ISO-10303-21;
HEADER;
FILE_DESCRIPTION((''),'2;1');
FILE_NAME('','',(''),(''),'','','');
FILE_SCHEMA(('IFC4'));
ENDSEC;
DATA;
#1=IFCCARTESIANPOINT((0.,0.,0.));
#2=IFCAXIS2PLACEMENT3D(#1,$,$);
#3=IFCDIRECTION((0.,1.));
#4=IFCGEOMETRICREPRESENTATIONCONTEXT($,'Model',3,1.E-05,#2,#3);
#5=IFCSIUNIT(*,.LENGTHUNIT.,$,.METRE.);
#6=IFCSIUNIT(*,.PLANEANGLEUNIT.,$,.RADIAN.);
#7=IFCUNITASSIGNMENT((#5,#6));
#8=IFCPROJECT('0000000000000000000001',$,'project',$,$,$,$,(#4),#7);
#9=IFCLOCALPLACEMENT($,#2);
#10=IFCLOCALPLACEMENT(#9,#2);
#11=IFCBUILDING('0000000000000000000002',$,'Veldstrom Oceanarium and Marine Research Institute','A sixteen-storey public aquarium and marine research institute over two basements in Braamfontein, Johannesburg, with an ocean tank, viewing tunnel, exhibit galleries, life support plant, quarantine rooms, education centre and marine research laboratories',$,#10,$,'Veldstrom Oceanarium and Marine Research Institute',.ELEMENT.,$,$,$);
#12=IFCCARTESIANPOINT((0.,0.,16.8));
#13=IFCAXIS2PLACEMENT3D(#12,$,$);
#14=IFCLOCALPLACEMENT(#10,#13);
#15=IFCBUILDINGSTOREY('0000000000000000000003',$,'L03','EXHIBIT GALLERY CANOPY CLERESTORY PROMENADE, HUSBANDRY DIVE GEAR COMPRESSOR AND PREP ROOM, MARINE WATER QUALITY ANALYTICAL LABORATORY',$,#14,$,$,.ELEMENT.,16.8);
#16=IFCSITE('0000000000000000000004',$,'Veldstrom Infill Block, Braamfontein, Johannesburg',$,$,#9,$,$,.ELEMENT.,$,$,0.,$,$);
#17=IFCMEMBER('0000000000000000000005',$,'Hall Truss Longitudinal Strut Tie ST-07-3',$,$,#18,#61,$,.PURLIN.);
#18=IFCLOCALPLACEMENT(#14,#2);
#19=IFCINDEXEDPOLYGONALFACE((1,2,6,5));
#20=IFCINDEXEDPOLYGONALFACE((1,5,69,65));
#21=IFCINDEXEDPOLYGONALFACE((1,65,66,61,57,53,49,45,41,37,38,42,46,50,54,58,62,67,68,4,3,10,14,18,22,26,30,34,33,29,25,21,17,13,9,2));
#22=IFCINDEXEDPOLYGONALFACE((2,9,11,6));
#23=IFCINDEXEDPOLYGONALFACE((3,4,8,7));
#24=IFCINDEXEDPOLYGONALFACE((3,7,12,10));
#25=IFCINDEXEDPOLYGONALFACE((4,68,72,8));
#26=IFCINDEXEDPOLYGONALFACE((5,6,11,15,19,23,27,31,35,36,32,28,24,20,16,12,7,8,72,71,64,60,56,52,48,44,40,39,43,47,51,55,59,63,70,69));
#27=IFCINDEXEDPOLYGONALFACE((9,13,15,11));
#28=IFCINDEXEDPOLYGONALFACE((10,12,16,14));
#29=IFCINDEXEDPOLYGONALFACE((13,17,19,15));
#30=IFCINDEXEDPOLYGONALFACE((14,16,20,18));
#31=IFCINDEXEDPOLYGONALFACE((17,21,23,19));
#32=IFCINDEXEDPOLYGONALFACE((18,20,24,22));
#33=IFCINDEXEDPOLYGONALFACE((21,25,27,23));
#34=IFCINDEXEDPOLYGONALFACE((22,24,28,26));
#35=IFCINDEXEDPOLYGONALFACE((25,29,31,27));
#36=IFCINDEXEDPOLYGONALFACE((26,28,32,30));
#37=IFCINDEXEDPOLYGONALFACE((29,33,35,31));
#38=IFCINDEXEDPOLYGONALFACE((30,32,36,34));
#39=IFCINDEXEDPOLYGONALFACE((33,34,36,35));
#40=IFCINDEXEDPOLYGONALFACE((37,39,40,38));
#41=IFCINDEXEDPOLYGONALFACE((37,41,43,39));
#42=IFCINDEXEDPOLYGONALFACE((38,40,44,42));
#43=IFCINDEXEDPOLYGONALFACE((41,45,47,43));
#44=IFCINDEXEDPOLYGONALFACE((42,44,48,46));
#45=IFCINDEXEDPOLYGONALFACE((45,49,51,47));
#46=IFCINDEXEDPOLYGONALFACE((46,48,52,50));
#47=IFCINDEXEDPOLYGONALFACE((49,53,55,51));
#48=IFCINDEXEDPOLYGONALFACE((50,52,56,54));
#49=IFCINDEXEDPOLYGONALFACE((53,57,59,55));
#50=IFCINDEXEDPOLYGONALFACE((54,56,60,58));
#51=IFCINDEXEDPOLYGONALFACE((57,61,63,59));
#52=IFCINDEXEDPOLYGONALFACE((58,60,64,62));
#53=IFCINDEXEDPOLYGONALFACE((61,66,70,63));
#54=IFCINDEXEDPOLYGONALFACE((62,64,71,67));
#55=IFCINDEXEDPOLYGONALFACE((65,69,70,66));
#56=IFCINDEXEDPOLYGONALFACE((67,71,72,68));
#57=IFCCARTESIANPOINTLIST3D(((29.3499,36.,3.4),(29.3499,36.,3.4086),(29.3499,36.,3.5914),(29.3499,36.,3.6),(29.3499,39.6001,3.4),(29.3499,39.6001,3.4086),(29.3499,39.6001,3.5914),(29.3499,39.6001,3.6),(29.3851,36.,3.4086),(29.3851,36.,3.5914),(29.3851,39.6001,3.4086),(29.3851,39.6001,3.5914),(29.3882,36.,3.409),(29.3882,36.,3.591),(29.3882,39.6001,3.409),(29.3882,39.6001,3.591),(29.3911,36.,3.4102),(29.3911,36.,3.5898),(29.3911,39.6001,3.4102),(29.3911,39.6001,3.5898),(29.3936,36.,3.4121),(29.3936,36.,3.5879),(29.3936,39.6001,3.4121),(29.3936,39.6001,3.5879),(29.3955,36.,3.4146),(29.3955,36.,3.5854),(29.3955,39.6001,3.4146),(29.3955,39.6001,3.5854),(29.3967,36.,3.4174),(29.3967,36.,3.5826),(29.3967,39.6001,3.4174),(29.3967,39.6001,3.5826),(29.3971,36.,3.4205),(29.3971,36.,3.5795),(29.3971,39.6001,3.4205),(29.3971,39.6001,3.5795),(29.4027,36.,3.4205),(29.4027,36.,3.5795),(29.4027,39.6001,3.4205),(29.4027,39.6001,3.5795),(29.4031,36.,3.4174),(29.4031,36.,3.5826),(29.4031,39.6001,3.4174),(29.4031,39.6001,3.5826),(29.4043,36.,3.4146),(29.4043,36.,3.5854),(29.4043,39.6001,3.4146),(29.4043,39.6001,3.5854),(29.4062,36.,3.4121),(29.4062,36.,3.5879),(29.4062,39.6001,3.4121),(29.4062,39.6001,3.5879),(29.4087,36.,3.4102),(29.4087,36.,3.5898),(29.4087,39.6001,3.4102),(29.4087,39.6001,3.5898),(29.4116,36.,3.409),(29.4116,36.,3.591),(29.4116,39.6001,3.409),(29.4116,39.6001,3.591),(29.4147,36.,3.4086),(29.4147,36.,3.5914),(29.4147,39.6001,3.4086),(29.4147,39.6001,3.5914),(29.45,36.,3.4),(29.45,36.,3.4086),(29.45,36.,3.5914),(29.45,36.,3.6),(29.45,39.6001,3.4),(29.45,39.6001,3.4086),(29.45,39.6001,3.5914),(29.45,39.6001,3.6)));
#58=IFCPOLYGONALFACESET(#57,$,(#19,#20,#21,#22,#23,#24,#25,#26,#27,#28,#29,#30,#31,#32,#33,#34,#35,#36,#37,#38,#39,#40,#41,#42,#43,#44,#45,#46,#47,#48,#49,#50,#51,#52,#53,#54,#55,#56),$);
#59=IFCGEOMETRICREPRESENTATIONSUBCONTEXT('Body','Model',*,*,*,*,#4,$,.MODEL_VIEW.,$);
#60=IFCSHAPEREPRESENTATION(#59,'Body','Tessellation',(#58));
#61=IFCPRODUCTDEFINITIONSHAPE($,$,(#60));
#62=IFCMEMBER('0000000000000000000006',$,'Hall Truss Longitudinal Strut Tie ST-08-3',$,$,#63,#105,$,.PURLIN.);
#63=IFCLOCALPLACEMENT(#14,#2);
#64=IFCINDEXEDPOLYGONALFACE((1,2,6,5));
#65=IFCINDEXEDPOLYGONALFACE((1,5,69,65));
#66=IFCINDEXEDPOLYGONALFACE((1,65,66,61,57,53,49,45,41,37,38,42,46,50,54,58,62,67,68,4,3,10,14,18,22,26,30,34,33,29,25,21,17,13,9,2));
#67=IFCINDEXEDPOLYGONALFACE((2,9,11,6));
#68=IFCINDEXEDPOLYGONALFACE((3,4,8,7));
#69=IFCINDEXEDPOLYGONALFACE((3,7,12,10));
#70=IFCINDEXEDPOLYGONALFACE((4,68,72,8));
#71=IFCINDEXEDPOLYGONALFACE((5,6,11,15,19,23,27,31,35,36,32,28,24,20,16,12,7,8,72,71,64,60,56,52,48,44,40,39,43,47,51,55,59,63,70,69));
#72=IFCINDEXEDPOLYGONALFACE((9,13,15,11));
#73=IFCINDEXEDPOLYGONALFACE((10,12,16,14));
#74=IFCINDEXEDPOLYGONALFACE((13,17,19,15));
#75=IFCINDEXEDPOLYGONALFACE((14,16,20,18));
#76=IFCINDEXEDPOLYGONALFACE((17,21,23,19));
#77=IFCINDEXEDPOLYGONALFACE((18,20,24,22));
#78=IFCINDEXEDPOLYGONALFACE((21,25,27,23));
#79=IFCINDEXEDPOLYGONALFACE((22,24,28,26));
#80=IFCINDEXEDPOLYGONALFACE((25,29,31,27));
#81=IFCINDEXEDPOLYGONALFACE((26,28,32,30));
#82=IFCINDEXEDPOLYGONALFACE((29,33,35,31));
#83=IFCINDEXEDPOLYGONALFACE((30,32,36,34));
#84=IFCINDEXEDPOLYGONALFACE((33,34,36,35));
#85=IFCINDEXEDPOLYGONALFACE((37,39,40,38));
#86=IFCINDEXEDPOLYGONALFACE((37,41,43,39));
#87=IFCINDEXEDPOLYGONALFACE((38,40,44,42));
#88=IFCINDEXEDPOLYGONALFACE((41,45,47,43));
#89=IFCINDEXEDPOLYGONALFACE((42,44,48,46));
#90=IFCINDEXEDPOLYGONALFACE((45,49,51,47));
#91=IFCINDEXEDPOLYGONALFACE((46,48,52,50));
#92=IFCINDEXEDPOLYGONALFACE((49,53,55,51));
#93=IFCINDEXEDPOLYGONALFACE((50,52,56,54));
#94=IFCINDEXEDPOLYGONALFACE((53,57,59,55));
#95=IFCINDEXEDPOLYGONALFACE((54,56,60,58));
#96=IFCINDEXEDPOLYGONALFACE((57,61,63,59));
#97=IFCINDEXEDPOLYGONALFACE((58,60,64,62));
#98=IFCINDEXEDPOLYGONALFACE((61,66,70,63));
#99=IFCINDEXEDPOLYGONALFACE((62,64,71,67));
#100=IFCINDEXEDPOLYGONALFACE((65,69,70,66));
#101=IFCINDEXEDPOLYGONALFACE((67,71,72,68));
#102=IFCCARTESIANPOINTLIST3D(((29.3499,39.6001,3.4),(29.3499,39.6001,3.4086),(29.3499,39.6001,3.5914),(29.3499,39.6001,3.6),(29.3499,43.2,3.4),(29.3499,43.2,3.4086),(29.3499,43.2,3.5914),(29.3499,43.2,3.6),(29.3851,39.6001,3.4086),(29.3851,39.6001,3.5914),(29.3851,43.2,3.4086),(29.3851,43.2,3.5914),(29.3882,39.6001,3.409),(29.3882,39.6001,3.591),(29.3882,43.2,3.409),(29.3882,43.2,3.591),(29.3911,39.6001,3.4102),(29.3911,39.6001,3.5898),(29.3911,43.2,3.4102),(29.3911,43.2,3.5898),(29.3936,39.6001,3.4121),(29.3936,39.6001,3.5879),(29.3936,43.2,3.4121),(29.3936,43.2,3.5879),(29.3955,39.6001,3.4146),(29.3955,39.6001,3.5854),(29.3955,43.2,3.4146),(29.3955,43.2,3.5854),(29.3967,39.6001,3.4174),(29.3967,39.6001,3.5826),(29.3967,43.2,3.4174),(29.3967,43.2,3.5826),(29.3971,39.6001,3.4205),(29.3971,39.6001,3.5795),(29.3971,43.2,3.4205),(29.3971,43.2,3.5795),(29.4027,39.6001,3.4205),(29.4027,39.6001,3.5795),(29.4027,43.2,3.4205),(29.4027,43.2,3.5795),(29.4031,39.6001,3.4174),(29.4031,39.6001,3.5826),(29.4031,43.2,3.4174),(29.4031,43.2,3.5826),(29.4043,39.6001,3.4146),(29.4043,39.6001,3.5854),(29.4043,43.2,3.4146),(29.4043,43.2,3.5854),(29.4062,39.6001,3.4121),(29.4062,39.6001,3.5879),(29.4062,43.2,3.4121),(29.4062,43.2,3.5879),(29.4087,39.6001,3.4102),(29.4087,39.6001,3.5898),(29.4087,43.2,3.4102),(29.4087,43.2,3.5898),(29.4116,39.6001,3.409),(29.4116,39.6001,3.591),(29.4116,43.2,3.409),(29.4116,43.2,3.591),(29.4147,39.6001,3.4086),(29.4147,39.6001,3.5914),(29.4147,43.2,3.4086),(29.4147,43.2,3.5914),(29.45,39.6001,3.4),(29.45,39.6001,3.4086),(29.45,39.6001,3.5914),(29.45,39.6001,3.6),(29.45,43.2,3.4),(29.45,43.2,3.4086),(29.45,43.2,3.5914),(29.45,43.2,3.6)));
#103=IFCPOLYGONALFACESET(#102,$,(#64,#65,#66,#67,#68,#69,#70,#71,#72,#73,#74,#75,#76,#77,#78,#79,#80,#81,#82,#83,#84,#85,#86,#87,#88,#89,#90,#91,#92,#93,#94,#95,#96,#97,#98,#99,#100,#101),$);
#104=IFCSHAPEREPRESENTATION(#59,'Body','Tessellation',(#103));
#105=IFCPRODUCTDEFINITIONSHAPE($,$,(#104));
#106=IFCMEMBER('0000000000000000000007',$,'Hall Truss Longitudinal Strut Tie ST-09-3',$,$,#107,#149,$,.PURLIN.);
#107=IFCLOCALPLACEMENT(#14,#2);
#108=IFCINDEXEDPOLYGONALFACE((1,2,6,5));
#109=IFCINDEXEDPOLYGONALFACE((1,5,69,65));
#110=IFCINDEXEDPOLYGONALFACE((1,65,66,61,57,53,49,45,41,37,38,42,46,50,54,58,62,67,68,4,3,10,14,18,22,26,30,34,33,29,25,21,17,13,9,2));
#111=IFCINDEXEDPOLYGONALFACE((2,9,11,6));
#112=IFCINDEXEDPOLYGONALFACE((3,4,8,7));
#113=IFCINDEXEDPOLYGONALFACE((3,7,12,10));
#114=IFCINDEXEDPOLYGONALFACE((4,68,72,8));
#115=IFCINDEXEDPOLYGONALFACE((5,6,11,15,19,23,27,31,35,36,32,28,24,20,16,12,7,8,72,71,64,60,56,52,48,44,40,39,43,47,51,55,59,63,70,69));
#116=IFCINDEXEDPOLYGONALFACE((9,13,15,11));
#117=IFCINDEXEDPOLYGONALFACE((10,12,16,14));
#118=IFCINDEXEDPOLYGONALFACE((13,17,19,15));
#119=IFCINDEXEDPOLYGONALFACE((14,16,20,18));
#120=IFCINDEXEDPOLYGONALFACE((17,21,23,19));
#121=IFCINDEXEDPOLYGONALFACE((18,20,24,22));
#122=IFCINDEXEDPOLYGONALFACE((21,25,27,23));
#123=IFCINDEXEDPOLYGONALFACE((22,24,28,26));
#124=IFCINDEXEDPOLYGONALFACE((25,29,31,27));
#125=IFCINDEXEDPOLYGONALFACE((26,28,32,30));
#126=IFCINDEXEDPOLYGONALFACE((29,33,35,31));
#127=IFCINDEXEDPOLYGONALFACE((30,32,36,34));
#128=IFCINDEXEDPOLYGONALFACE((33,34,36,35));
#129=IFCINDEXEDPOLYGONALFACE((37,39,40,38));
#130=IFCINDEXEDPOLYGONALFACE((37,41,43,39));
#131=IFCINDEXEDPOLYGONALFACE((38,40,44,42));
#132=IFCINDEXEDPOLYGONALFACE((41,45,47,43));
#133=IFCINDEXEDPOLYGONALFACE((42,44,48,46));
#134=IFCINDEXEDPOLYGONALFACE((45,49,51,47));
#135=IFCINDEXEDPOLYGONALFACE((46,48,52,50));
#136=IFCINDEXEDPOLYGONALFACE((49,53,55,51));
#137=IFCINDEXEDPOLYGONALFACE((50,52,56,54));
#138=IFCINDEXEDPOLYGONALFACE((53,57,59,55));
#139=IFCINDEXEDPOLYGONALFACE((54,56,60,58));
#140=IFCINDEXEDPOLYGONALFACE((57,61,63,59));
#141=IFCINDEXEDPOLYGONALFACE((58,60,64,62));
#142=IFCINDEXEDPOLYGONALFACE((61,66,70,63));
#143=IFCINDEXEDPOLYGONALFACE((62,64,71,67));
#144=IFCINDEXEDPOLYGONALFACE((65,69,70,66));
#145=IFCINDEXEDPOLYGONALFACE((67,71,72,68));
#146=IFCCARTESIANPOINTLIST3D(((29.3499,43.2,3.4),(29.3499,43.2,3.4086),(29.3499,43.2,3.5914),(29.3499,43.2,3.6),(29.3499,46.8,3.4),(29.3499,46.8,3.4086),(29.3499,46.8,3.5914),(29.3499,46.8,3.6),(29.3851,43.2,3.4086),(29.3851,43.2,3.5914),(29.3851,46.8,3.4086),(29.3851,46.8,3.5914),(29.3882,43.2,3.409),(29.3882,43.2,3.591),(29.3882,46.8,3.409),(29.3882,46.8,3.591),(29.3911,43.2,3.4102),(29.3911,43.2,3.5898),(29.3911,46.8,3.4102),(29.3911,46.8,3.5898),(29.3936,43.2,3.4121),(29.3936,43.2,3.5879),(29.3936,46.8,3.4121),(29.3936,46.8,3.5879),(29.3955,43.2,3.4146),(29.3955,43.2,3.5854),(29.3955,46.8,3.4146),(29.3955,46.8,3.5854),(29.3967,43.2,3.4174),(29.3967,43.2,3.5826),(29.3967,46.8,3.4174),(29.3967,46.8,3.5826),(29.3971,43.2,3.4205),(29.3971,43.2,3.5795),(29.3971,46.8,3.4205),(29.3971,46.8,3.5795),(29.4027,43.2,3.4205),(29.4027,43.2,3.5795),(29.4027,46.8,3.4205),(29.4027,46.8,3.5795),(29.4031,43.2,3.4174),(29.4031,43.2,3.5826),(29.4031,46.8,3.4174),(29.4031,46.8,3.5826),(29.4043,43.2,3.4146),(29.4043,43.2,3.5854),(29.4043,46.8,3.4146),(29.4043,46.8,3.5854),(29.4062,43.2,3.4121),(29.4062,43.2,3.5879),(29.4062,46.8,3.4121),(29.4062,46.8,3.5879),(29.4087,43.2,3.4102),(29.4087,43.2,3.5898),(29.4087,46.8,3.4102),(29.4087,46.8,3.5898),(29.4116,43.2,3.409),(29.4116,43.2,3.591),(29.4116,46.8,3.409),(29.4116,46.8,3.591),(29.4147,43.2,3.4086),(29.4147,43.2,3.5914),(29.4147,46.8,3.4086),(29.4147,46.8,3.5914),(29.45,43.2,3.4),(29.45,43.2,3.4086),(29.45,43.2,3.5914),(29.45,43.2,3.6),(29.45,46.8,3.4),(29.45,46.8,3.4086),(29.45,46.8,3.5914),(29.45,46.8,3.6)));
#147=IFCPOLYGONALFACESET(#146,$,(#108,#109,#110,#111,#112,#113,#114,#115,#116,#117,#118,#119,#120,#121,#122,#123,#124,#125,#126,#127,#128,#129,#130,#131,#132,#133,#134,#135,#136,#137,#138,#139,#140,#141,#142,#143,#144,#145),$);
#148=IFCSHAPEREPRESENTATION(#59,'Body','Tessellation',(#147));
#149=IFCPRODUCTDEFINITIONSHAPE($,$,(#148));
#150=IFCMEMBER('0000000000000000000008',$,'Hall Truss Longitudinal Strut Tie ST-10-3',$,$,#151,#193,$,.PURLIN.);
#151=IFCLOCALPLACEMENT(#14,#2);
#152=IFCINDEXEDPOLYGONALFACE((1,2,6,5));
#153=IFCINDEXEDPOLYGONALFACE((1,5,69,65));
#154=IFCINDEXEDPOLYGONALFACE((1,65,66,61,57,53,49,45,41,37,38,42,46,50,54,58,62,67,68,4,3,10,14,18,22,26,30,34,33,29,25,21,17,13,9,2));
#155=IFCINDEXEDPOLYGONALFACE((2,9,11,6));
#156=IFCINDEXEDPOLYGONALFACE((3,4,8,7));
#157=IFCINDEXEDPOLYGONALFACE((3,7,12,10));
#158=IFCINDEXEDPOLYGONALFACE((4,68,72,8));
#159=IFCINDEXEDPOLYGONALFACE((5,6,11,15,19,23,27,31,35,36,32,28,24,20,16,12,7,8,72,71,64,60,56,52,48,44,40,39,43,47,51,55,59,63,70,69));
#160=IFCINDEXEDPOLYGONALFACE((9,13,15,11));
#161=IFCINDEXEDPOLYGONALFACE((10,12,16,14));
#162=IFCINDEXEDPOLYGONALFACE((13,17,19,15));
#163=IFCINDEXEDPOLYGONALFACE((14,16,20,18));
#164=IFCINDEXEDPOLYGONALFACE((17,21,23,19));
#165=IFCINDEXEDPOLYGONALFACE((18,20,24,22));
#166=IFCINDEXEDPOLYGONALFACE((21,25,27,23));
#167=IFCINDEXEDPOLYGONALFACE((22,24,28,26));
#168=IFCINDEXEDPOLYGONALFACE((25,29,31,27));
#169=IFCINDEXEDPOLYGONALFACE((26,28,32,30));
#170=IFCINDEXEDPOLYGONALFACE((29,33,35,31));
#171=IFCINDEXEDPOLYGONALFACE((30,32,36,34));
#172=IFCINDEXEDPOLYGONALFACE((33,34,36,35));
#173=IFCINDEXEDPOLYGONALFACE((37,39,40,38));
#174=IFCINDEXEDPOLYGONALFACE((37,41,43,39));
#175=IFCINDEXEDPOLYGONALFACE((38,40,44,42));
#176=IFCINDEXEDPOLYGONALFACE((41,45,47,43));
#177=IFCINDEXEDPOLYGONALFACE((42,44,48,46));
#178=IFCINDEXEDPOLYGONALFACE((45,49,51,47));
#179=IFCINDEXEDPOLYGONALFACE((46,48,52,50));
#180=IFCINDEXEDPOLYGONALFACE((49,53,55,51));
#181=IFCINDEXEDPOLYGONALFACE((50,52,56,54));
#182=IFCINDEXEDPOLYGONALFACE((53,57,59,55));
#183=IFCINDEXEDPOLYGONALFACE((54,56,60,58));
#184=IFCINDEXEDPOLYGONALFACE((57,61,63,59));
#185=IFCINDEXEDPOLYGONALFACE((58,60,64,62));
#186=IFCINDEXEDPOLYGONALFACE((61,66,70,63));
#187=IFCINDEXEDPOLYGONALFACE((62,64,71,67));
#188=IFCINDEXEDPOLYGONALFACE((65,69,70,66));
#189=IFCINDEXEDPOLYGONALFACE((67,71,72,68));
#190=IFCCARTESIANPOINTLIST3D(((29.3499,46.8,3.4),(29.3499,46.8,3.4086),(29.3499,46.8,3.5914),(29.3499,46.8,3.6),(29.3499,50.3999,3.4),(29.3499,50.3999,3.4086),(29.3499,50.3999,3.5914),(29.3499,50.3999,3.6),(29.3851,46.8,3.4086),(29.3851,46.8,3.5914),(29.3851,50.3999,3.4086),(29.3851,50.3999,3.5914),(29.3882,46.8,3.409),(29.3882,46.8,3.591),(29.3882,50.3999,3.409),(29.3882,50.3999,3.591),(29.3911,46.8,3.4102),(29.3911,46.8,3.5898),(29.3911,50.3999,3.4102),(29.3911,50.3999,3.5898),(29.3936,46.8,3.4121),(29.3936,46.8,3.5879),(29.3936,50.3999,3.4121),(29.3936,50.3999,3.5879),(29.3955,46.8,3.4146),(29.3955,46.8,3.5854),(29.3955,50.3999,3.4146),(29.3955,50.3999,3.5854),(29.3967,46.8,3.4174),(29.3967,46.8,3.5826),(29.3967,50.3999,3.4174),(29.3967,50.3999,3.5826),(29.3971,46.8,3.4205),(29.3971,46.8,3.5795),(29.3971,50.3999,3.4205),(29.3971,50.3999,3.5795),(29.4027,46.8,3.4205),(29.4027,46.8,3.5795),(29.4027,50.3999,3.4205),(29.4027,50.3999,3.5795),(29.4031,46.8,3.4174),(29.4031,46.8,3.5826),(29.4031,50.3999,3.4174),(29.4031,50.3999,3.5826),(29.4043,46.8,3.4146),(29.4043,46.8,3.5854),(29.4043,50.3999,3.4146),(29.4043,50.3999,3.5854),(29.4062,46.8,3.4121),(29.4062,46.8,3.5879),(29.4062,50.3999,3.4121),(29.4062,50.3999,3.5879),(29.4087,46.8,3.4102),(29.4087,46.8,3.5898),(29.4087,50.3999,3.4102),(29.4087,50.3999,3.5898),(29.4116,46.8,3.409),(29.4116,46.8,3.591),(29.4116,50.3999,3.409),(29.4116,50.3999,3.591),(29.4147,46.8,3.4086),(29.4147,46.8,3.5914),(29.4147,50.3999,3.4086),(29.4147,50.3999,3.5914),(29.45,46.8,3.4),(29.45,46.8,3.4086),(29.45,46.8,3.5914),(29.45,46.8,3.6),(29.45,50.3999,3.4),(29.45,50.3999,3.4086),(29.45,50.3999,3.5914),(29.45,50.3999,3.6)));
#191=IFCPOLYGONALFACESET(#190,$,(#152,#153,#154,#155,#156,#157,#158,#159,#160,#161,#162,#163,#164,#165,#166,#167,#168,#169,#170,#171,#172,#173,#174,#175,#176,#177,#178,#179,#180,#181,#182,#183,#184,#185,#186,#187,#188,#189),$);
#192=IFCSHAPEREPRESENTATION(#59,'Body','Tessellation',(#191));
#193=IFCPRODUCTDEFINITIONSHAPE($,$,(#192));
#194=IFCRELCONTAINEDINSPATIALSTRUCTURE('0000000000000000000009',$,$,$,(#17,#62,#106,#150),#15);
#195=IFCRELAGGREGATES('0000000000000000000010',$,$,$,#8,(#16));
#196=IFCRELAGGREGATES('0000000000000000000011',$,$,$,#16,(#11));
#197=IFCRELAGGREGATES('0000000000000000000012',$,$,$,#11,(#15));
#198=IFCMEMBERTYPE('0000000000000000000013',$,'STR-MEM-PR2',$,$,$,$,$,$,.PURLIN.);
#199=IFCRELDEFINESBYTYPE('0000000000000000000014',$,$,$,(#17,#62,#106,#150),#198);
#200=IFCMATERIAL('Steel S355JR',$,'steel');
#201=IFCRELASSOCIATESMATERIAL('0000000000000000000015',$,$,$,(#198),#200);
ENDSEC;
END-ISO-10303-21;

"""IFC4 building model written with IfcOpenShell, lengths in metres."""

from ifc_helpers import new_model, si_unit, direction, frame, origin, origin_2d, place, context, subcontext, project, spatial, i_section, extrude, material, material_profile, profile_set, type_object, element, save


model = new_model("IFC4")

# Units and contexts
model_context = context("Model", 3, precision=1e-05, world=origin(), true_north=direction((0.0, 1.0)))
body_context = subcontext(model_context, "Body", "Model", "MODEL_VIEW")
ifc_project = project(units=[si_unit("LENGTHUNIT", "METRE"), si_unit("PLANEANGLEUNIT", "RADIAN")], contexts=[model_context])

# Site, building, storey
site_placement = place(None, origin())
site = spatial("IfcSite", under=ifc_project, at=site_placement, Name="Veldstrom Infill Block, Braamfontein, Johannesburg", CompositionType="ELEMENT", RefElevation=0.0)
building_placement = place(site_placement, origin())
building = spatial("IfcBuilding", under=site, at=building_placement, Name="Veldstrom Oceanarium and Marine Research Institute", Description="A sixteen-storey public aquarium and marine research institute over two basements in Braamfontein, Johannesburg, with an ocean tank, viewing tunnel, exhibit galleries, life support plant, quarantine rooms, education centre and marine research laboratories", LongName="Veldstrom Oceanarium and Marine Research Institute", CompositionType="ELEMENT")
storey_placement = place(building_placement, frame((0.0, 0.0, 16.8)))
storey = spatial("IfcBuildingStorey", under=building, at=storey_placement, Name="L03", Description="EXHIBIT GALLERY CANOPY CLERESTORY PROMENADE, HUSBANDRY DIVE GEAR COMPRESSOR AND PREP ROOM, MARINE WATER QUALITY ANALYTICAL LABORATORY", CompositionType="ELEMENT", Elevation=16.8)

# Members
ifc_material_1 = material(Name="Steel S355JR", Category="steel")
ifc_material_profile_1 = material_profile(ifc_material_1, i_section(OverallWidth=0.1001, OverallDepth=0.2, WebThickness=0.0056, FlangeThickness=0.0085, FilletRadius=0.012, at=origin_2d()), Name="IPE 200")
ifc_profile_set_1 = profile_set([ifc_material_profile_1], Name="Steel S355JR")
member_type_1 = type_object("IfcMemberType", Name="STR-MEM-PR2", PredefinedType="PURLIN", material=ifc_profile_set_1)
member_1_placement = place(storey_placement, frame((29.3999, 36.0, 3.5), z_axis=(0.0, 1.0, 0.0), x_axis=(-1.0, 0.0, 0.0)))
element("IfcMember", 1, at=member_1_placement, inside=storey, type_object=member_type_1, Name="Hall Truss Longitudinal Strut Tie ST-07-3", PredefinedType="PURLIN", context=body_context, shape_type="SweptSolid", body=[
    extrude(i_section(OverallWidth=0.1001, OverallDepth=0.2, WebThickness=0.0056, FlangeThickness=0.0085, FilletRadius=0.012, at=origin_2d()), origin(), (0.0, 0.0, 1.0), 3.6001),
])
member_2_placement = place(storey_placement, frame((29.3999, 39.6001, 3.5), z_axis=(0.0, 1.0, 0.0), x_axis=(-1.0, 0.0, 0.0)))
element("IfcMember", 2, at=member_2_placement, inside=storey, type_object=member_type_1, Name="Hall Truss Longitudinal Strut Tie ST-08-3", PredefinedType="PURLIN", context=body_context, shape_type="SweptSolid", body=[
    extrude(i_section(OverallWidth=0.1001, OverallDepth=0.2, WebThickness=0.0056, FlangeThickness=0.0085, FilletRadius=0.012, at=origin_2d()), origin(), (0.0, 0.0, 1.0), 3.5999),
])
member_3_placement = place(storey_placement, frame((29.3999, 43.2, 3.5), z_axis=(0.0, 1.0, 0.0), x_axis=(-1.0, 0.0, 0.0)))
element("IfcMember", 3, at=member_3_placement, inside=storey, type_object=member_type_1, Name="Hall Truss Longitudinal Strut Tie ST-09-3", PredefinedType="PURLIN", context=body_context, shape_type="SweptSolid", body=[
    extrude(i_section(OverallWidth=0.1001, OverallDepth=0.2, WebThickness=0.0056, FlangeThickness=0.0085, FilletRadius=0.012, at=origin_2d()), origin(), (0.0, 0.0, 1.0), 3.6001),
])
member_4_placement = place(storey_placement, frame((29.3999, 46.8, 3.5), z_axis=(0.0, 1.0, 0.0), x_axis=(-1.0, 0.0, 0.0)))
element("IfcMember", 4, at=member_4_placement, inside=storey, type_object=member_type_1, Name="Hall Truss Longitudinal Strut Tie ST-10-3", PredefinedType="PURLIN", context=body_context, shape_type="SweptSolid", body=[
    extrude(i_section(OverallWidth=0.1001, OverallDepth=0.2, WebThickness=0.0056, FlangeThickness=0.0085, FilletRadius=0.012, at=origin_2d()), origin(), (0.0, 0.0, 1.0), 3.5999),
])

save(model, "model.ifc")
